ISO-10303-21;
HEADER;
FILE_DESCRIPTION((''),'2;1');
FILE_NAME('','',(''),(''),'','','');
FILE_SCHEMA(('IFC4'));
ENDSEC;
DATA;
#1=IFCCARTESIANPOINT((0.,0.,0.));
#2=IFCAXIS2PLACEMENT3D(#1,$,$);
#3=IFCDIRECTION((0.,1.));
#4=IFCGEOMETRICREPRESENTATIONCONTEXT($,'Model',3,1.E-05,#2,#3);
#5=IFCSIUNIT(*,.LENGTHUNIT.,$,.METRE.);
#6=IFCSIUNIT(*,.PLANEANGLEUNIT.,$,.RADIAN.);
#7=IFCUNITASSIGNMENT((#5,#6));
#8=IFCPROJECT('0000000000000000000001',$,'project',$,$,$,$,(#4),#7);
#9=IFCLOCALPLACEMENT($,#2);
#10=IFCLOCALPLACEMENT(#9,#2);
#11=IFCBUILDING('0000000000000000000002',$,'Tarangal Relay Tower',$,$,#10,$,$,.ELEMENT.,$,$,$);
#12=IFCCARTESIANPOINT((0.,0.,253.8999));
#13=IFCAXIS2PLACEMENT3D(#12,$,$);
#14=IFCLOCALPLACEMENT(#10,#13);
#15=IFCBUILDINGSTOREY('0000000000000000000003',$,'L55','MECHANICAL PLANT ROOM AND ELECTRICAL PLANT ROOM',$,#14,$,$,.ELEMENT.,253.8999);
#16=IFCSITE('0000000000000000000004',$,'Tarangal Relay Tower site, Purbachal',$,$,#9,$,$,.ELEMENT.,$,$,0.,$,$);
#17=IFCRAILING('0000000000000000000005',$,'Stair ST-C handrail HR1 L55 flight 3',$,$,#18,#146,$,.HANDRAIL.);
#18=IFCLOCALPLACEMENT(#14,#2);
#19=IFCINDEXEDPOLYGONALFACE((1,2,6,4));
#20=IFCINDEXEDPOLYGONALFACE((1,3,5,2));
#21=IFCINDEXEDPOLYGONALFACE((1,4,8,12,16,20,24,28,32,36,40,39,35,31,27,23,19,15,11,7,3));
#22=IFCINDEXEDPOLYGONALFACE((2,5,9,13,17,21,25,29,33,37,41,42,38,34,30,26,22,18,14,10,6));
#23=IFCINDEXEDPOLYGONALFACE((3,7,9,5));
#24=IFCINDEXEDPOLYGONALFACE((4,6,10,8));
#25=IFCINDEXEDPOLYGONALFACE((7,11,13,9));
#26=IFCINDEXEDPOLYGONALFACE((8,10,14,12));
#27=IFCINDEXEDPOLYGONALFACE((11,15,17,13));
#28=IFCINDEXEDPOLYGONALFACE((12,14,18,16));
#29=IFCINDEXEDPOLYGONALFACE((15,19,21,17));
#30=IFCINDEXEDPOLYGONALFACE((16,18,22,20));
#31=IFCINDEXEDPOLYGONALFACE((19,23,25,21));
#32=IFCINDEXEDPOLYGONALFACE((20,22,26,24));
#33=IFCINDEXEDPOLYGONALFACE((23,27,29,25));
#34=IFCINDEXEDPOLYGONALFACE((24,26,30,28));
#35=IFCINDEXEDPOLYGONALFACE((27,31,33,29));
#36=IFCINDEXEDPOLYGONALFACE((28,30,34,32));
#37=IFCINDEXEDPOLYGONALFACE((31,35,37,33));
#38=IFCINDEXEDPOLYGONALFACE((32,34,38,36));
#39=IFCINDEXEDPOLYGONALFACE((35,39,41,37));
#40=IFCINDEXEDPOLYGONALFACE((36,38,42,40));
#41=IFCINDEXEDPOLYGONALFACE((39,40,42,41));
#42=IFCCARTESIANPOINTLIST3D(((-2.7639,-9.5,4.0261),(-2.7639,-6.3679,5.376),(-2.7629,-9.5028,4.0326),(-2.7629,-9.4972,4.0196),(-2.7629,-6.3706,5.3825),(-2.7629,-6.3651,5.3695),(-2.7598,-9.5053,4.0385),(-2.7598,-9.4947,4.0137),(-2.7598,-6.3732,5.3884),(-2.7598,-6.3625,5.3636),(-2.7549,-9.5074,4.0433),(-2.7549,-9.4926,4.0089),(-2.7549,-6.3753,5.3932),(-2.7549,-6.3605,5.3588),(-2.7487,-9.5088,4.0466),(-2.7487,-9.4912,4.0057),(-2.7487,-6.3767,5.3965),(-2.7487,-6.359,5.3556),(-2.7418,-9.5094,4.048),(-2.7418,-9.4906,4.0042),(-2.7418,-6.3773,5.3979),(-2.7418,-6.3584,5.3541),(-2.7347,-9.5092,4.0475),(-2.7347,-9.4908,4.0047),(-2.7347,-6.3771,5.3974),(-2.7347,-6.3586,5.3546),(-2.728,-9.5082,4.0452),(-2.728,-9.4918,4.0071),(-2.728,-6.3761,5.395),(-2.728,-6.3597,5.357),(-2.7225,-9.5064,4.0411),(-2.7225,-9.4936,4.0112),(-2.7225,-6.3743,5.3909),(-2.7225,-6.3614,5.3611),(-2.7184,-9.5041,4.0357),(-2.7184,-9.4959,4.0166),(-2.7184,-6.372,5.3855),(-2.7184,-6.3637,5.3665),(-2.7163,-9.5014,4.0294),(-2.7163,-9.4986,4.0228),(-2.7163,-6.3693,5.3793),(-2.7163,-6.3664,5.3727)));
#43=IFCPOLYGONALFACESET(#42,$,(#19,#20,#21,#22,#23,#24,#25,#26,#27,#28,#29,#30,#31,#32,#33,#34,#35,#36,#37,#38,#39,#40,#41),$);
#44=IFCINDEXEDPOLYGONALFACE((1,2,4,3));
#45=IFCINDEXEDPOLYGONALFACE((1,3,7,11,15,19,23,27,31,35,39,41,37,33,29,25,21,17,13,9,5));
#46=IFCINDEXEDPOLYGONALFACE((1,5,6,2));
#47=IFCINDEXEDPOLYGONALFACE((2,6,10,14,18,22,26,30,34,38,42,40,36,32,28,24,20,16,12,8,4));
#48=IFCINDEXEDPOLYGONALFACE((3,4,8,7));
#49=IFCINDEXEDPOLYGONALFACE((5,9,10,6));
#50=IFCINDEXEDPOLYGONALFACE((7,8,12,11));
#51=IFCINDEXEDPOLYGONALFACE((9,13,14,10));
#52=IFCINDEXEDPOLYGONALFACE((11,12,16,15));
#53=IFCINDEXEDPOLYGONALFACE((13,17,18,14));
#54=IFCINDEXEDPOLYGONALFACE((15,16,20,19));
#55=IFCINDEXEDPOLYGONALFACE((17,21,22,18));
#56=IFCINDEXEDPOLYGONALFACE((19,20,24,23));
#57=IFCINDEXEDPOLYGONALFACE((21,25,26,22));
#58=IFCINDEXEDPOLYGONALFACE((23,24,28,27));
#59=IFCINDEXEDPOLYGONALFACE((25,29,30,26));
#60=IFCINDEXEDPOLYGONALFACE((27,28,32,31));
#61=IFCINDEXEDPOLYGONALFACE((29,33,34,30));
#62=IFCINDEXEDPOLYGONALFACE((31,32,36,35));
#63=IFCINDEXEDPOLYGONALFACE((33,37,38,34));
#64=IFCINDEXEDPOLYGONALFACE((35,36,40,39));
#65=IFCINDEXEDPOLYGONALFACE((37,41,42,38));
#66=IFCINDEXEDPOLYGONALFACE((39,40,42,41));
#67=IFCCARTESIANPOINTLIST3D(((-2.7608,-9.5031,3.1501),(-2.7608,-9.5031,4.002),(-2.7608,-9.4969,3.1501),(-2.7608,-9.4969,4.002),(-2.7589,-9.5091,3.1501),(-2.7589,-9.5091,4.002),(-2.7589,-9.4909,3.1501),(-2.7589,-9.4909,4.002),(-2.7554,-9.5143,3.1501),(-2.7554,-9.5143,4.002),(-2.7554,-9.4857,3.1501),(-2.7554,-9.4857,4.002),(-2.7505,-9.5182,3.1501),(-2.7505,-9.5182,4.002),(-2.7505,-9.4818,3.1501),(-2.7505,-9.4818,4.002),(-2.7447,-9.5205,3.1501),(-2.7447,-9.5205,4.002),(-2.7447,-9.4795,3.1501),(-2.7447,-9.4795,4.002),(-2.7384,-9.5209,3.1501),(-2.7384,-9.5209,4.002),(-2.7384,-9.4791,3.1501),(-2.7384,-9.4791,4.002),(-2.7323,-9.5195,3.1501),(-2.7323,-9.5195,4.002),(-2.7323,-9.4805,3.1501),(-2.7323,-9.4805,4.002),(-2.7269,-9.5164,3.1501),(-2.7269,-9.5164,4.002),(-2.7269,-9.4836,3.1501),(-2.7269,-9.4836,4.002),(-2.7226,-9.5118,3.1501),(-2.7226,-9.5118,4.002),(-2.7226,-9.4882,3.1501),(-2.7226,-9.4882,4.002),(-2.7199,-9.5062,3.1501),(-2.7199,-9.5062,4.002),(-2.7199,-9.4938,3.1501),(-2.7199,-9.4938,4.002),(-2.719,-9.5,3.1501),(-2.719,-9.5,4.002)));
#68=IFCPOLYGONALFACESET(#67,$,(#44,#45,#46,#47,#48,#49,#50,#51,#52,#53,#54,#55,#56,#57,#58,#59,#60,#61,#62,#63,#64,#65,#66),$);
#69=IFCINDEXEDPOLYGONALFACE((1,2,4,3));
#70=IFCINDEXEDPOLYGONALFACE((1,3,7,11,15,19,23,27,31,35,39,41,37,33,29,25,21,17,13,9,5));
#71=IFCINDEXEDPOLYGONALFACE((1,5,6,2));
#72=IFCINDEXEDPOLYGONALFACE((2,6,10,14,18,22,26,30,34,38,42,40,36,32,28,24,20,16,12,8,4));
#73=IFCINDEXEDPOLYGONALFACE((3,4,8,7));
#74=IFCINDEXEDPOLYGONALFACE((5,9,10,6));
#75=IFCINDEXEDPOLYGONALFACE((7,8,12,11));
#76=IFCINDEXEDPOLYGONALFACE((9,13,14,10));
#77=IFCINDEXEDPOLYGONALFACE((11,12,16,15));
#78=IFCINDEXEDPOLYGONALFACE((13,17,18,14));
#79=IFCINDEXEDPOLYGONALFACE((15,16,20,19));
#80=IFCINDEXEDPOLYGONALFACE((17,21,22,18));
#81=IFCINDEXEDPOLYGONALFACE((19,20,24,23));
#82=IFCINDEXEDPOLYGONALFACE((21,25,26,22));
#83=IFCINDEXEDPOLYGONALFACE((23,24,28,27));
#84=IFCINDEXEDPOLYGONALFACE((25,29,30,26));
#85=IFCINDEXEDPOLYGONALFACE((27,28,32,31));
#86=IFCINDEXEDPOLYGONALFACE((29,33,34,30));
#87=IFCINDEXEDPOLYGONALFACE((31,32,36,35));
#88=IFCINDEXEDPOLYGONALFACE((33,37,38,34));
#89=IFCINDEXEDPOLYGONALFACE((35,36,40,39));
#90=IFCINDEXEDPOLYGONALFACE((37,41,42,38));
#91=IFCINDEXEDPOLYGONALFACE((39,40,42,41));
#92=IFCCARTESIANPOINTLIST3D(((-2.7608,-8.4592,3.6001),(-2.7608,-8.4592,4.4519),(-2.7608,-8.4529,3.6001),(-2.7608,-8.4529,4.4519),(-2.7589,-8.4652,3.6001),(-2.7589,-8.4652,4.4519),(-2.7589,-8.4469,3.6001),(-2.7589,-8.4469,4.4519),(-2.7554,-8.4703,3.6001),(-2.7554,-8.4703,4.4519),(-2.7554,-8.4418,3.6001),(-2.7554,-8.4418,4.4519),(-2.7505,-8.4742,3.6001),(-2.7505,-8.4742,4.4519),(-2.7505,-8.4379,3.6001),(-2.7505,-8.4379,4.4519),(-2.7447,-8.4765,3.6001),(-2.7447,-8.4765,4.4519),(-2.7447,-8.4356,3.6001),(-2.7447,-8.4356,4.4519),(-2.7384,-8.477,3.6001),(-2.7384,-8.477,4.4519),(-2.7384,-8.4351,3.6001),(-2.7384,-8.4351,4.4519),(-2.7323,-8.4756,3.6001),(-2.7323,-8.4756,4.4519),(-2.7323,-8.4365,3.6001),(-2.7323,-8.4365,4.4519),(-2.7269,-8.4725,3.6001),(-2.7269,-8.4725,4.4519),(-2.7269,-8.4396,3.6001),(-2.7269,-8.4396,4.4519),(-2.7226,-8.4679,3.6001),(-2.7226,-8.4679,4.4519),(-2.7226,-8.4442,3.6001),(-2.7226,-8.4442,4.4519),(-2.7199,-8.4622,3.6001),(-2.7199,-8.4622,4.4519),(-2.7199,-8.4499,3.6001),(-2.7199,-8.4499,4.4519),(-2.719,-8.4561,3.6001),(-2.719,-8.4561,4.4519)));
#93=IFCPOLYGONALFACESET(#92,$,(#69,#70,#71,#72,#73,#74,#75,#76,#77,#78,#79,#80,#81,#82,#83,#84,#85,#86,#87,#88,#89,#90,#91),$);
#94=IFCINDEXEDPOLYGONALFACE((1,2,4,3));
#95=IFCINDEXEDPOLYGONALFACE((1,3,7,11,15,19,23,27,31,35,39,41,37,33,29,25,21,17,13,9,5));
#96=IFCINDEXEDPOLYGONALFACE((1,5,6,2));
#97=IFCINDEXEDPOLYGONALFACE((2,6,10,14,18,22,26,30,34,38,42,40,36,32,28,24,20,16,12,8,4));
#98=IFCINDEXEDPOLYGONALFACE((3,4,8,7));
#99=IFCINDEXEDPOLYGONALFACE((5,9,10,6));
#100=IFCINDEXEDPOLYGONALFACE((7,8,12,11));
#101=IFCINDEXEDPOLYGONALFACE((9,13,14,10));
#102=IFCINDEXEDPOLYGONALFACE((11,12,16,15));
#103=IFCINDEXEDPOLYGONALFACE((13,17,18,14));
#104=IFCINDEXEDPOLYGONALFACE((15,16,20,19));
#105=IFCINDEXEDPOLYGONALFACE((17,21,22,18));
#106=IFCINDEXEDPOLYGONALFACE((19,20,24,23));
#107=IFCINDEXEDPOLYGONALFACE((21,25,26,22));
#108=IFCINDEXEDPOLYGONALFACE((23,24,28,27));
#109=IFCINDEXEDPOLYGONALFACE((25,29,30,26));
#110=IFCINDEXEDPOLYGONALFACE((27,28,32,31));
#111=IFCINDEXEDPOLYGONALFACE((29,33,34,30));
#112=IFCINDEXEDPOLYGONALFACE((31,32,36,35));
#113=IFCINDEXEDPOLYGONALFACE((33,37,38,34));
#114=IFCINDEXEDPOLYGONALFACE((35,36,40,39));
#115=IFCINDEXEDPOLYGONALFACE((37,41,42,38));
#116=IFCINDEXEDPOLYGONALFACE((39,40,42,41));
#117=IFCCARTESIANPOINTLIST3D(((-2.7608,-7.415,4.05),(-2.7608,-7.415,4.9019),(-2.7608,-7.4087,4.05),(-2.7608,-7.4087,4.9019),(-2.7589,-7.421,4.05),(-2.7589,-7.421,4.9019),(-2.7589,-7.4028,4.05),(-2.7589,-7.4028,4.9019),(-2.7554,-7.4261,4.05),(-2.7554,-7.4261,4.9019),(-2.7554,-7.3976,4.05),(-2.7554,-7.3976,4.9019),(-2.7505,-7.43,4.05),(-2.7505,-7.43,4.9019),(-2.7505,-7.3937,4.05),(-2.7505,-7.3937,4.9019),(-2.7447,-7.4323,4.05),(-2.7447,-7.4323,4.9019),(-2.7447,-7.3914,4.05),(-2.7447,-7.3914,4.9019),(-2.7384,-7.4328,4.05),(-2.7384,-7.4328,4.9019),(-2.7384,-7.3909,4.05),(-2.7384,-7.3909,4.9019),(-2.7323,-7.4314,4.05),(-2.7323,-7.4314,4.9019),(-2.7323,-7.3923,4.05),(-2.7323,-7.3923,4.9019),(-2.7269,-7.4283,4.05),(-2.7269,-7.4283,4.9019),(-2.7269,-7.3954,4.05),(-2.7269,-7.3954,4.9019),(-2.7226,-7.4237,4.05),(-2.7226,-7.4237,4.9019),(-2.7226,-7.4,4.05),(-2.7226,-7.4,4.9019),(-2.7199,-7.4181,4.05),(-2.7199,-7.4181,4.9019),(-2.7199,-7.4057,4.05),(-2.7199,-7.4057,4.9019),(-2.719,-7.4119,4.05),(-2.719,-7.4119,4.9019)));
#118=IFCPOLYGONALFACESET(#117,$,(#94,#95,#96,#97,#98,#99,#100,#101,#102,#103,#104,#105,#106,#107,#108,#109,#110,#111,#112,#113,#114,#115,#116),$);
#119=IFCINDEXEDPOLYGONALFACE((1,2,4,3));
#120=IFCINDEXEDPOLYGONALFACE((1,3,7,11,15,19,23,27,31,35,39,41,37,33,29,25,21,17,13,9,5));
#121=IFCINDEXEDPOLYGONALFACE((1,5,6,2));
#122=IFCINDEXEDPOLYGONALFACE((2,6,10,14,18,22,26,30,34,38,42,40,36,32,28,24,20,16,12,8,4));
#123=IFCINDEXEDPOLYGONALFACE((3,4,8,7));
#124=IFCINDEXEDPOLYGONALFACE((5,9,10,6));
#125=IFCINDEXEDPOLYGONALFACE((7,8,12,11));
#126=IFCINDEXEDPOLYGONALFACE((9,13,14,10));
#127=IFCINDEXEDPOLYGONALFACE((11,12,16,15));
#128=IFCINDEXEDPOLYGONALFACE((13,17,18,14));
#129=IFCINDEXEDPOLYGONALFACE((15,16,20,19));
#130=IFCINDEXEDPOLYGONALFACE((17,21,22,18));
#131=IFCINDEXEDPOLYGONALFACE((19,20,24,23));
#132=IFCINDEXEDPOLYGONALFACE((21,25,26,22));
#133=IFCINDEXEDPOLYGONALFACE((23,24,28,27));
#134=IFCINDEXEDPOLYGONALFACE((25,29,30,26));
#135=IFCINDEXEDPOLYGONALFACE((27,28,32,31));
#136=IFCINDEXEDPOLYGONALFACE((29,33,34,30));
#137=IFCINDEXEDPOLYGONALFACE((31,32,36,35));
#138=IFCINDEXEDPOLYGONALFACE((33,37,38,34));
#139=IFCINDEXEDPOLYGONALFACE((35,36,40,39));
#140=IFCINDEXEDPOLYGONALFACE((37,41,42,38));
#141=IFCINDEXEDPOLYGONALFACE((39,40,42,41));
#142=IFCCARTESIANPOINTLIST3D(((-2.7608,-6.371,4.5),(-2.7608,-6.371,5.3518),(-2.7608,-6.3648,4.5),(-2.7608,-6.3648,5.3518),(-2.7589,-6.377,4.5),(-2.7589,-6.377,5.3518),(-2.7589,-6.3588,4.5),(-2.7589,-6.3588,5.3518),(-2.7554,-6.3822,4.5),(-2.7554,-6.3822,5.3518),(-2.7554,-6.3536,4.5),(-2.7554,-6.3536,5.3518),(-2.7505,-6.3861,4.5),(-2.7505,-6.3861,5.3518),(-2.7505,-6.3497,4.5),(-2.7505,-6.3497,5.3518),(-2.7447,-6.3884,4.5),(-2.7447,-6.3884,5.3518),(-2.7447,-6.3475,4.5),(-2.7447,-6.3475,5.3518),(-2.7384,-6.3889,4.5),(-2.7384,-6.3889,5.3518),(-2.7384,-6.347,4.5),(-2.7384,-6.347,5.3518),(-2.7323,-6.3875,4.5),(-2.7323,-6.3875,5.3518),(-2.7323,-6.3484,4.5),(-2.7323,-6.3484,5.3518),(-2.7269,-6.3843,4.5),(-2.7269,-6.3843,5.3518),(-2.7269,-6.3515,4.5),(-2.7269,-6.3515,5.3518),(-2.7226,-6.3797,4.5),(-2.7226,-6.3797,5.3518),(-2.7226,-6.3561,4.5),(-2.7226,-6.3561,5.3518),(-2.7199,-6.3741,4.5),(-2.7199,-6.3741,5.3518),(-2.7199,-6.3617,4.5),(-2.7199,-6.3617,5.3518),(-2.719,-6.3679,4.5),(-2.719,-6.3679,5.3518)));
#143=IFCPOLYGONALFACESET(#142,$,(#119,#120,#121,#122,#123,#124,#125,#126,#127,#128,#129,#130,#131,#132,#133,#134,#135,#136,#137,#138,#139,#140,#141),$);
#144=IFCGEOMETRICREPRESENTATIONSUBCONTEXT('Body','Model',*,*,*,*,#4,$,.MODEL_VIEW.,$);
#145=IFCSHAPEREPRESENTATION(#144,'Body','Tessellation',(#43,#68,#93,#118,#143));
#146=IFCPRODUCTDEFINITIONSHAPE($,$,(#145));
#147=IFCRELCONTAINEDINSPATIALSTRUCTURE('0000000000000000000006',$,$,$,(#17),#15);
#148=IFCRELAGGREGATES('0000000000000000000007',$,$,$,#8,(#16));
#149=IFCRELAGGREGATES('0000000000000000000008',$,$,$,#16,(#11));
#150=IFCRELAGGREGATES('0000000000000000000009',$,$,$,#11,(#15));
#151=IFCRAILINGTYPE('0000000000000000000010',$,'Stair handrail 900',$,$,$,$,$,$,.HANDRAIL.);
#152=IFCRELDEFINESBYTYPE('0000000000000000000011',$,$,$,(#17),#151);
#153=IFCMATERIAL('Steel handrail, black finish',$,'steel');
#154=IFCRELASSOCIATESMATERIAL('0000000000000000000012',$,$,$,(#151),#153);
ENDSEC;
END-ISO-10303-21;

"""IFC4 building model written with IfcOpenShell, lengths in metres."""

from ifc_helpers import new_model, si_unit, direction, frame, origin, origin_2d, place, context, subcontext, project, spatial, circle, extrude, material, type_object, element, save


model = new_model("IFC4")

# Units and contexts
model_context = context("Model", 3, precision=1e-05, world=origin(), true_north=direction((0.0, 1.0)))
body_context = subcontext(model_context, "Body", "Model", "MODEL_VIEW")
ifc_project = project(units=[si_unit("LENGTHUNIT", "METRE"), si_unit("PLANEANGLEUNIT", "RADIAN")], contexts=[model_context])

# Site, building, storey
site_placement = place(None, origin())
site = spatial("IfcSite", under=ifc_project, at=site_placement, Name="Tarangal Relay Tower site, Purbachal", CompositionType="ELEMENT", RefElevation=0.0)
building_placement = place(site_placement, origin())
building = spatial("IfcBuilding", under=site, at=building_placement, Name="Tarangal Relay Tower", CompositionType="ELEMENT")
storey_placement = place(building_placement, frame((0.0, 0.0, 253.8999)))
storey = spatial("IfcBuildingStorey", under=building, at=storey_placement, Name="L55", Description="MECHANICAL PLANT ROOM AND ELECTRICAL PLANT ROOM", CompositionType="ELEMENT", Elevation=253.8999)

# Railing
ifc_material_1 = material(Name="Steel handrail, black finish", Category="steel")
railing_type_1 = type_object("IfcRailingType", Name="Stair handrail 900", PredefinedType="HANDRAIL", material=ifc_material_1)
for number, where, name in (
    (1, (-2.74, -9.5, 3.1501), "Stair ST-C handrail HR1 L55 flight 3"),
):
    element("IfcRailing", number, at=place(storey_placement, frame(where)), inside=storey, type_object=railing_type_1, Name=name, PredefinedType="HANDRAIL", context=body_context, shape_type="SweptSolid", body=[
        extrude(circle(Radius=0.0239, at=origin_2d()), frame((0.0, 0.0, 0.876), z_axis=(0.0, 0.918343, 0.395785), x_axis=(-1.0, 0.0, 0.0)), (0.0, 0.0, 1.0), 3.4106),
        extrude(circle(Radius=0.021, at=origin_2d()), origin(), (0.0, 0.0, 1.0), 0.8518),
        extrude(circle(Radius=0.021, at=origin_2d()), frame((0.0, 1.0439, 0.45)), (0.0, 0.0, 1.0), 0.8518),
        extrude(circle(Radius=0.021, at=origin_2d()), frame((0.0, 2.0881, 0.8999)), (0.0, 0.0, 1.0), 0.8518),
        extrude(circle(Radius=0.021, at=origin_2d()), frame((0.0, 3.1321, 1.3499)), (0.0, 0.0, 1.0), 0.8518),
    ])

save(model, "model.ifc")
